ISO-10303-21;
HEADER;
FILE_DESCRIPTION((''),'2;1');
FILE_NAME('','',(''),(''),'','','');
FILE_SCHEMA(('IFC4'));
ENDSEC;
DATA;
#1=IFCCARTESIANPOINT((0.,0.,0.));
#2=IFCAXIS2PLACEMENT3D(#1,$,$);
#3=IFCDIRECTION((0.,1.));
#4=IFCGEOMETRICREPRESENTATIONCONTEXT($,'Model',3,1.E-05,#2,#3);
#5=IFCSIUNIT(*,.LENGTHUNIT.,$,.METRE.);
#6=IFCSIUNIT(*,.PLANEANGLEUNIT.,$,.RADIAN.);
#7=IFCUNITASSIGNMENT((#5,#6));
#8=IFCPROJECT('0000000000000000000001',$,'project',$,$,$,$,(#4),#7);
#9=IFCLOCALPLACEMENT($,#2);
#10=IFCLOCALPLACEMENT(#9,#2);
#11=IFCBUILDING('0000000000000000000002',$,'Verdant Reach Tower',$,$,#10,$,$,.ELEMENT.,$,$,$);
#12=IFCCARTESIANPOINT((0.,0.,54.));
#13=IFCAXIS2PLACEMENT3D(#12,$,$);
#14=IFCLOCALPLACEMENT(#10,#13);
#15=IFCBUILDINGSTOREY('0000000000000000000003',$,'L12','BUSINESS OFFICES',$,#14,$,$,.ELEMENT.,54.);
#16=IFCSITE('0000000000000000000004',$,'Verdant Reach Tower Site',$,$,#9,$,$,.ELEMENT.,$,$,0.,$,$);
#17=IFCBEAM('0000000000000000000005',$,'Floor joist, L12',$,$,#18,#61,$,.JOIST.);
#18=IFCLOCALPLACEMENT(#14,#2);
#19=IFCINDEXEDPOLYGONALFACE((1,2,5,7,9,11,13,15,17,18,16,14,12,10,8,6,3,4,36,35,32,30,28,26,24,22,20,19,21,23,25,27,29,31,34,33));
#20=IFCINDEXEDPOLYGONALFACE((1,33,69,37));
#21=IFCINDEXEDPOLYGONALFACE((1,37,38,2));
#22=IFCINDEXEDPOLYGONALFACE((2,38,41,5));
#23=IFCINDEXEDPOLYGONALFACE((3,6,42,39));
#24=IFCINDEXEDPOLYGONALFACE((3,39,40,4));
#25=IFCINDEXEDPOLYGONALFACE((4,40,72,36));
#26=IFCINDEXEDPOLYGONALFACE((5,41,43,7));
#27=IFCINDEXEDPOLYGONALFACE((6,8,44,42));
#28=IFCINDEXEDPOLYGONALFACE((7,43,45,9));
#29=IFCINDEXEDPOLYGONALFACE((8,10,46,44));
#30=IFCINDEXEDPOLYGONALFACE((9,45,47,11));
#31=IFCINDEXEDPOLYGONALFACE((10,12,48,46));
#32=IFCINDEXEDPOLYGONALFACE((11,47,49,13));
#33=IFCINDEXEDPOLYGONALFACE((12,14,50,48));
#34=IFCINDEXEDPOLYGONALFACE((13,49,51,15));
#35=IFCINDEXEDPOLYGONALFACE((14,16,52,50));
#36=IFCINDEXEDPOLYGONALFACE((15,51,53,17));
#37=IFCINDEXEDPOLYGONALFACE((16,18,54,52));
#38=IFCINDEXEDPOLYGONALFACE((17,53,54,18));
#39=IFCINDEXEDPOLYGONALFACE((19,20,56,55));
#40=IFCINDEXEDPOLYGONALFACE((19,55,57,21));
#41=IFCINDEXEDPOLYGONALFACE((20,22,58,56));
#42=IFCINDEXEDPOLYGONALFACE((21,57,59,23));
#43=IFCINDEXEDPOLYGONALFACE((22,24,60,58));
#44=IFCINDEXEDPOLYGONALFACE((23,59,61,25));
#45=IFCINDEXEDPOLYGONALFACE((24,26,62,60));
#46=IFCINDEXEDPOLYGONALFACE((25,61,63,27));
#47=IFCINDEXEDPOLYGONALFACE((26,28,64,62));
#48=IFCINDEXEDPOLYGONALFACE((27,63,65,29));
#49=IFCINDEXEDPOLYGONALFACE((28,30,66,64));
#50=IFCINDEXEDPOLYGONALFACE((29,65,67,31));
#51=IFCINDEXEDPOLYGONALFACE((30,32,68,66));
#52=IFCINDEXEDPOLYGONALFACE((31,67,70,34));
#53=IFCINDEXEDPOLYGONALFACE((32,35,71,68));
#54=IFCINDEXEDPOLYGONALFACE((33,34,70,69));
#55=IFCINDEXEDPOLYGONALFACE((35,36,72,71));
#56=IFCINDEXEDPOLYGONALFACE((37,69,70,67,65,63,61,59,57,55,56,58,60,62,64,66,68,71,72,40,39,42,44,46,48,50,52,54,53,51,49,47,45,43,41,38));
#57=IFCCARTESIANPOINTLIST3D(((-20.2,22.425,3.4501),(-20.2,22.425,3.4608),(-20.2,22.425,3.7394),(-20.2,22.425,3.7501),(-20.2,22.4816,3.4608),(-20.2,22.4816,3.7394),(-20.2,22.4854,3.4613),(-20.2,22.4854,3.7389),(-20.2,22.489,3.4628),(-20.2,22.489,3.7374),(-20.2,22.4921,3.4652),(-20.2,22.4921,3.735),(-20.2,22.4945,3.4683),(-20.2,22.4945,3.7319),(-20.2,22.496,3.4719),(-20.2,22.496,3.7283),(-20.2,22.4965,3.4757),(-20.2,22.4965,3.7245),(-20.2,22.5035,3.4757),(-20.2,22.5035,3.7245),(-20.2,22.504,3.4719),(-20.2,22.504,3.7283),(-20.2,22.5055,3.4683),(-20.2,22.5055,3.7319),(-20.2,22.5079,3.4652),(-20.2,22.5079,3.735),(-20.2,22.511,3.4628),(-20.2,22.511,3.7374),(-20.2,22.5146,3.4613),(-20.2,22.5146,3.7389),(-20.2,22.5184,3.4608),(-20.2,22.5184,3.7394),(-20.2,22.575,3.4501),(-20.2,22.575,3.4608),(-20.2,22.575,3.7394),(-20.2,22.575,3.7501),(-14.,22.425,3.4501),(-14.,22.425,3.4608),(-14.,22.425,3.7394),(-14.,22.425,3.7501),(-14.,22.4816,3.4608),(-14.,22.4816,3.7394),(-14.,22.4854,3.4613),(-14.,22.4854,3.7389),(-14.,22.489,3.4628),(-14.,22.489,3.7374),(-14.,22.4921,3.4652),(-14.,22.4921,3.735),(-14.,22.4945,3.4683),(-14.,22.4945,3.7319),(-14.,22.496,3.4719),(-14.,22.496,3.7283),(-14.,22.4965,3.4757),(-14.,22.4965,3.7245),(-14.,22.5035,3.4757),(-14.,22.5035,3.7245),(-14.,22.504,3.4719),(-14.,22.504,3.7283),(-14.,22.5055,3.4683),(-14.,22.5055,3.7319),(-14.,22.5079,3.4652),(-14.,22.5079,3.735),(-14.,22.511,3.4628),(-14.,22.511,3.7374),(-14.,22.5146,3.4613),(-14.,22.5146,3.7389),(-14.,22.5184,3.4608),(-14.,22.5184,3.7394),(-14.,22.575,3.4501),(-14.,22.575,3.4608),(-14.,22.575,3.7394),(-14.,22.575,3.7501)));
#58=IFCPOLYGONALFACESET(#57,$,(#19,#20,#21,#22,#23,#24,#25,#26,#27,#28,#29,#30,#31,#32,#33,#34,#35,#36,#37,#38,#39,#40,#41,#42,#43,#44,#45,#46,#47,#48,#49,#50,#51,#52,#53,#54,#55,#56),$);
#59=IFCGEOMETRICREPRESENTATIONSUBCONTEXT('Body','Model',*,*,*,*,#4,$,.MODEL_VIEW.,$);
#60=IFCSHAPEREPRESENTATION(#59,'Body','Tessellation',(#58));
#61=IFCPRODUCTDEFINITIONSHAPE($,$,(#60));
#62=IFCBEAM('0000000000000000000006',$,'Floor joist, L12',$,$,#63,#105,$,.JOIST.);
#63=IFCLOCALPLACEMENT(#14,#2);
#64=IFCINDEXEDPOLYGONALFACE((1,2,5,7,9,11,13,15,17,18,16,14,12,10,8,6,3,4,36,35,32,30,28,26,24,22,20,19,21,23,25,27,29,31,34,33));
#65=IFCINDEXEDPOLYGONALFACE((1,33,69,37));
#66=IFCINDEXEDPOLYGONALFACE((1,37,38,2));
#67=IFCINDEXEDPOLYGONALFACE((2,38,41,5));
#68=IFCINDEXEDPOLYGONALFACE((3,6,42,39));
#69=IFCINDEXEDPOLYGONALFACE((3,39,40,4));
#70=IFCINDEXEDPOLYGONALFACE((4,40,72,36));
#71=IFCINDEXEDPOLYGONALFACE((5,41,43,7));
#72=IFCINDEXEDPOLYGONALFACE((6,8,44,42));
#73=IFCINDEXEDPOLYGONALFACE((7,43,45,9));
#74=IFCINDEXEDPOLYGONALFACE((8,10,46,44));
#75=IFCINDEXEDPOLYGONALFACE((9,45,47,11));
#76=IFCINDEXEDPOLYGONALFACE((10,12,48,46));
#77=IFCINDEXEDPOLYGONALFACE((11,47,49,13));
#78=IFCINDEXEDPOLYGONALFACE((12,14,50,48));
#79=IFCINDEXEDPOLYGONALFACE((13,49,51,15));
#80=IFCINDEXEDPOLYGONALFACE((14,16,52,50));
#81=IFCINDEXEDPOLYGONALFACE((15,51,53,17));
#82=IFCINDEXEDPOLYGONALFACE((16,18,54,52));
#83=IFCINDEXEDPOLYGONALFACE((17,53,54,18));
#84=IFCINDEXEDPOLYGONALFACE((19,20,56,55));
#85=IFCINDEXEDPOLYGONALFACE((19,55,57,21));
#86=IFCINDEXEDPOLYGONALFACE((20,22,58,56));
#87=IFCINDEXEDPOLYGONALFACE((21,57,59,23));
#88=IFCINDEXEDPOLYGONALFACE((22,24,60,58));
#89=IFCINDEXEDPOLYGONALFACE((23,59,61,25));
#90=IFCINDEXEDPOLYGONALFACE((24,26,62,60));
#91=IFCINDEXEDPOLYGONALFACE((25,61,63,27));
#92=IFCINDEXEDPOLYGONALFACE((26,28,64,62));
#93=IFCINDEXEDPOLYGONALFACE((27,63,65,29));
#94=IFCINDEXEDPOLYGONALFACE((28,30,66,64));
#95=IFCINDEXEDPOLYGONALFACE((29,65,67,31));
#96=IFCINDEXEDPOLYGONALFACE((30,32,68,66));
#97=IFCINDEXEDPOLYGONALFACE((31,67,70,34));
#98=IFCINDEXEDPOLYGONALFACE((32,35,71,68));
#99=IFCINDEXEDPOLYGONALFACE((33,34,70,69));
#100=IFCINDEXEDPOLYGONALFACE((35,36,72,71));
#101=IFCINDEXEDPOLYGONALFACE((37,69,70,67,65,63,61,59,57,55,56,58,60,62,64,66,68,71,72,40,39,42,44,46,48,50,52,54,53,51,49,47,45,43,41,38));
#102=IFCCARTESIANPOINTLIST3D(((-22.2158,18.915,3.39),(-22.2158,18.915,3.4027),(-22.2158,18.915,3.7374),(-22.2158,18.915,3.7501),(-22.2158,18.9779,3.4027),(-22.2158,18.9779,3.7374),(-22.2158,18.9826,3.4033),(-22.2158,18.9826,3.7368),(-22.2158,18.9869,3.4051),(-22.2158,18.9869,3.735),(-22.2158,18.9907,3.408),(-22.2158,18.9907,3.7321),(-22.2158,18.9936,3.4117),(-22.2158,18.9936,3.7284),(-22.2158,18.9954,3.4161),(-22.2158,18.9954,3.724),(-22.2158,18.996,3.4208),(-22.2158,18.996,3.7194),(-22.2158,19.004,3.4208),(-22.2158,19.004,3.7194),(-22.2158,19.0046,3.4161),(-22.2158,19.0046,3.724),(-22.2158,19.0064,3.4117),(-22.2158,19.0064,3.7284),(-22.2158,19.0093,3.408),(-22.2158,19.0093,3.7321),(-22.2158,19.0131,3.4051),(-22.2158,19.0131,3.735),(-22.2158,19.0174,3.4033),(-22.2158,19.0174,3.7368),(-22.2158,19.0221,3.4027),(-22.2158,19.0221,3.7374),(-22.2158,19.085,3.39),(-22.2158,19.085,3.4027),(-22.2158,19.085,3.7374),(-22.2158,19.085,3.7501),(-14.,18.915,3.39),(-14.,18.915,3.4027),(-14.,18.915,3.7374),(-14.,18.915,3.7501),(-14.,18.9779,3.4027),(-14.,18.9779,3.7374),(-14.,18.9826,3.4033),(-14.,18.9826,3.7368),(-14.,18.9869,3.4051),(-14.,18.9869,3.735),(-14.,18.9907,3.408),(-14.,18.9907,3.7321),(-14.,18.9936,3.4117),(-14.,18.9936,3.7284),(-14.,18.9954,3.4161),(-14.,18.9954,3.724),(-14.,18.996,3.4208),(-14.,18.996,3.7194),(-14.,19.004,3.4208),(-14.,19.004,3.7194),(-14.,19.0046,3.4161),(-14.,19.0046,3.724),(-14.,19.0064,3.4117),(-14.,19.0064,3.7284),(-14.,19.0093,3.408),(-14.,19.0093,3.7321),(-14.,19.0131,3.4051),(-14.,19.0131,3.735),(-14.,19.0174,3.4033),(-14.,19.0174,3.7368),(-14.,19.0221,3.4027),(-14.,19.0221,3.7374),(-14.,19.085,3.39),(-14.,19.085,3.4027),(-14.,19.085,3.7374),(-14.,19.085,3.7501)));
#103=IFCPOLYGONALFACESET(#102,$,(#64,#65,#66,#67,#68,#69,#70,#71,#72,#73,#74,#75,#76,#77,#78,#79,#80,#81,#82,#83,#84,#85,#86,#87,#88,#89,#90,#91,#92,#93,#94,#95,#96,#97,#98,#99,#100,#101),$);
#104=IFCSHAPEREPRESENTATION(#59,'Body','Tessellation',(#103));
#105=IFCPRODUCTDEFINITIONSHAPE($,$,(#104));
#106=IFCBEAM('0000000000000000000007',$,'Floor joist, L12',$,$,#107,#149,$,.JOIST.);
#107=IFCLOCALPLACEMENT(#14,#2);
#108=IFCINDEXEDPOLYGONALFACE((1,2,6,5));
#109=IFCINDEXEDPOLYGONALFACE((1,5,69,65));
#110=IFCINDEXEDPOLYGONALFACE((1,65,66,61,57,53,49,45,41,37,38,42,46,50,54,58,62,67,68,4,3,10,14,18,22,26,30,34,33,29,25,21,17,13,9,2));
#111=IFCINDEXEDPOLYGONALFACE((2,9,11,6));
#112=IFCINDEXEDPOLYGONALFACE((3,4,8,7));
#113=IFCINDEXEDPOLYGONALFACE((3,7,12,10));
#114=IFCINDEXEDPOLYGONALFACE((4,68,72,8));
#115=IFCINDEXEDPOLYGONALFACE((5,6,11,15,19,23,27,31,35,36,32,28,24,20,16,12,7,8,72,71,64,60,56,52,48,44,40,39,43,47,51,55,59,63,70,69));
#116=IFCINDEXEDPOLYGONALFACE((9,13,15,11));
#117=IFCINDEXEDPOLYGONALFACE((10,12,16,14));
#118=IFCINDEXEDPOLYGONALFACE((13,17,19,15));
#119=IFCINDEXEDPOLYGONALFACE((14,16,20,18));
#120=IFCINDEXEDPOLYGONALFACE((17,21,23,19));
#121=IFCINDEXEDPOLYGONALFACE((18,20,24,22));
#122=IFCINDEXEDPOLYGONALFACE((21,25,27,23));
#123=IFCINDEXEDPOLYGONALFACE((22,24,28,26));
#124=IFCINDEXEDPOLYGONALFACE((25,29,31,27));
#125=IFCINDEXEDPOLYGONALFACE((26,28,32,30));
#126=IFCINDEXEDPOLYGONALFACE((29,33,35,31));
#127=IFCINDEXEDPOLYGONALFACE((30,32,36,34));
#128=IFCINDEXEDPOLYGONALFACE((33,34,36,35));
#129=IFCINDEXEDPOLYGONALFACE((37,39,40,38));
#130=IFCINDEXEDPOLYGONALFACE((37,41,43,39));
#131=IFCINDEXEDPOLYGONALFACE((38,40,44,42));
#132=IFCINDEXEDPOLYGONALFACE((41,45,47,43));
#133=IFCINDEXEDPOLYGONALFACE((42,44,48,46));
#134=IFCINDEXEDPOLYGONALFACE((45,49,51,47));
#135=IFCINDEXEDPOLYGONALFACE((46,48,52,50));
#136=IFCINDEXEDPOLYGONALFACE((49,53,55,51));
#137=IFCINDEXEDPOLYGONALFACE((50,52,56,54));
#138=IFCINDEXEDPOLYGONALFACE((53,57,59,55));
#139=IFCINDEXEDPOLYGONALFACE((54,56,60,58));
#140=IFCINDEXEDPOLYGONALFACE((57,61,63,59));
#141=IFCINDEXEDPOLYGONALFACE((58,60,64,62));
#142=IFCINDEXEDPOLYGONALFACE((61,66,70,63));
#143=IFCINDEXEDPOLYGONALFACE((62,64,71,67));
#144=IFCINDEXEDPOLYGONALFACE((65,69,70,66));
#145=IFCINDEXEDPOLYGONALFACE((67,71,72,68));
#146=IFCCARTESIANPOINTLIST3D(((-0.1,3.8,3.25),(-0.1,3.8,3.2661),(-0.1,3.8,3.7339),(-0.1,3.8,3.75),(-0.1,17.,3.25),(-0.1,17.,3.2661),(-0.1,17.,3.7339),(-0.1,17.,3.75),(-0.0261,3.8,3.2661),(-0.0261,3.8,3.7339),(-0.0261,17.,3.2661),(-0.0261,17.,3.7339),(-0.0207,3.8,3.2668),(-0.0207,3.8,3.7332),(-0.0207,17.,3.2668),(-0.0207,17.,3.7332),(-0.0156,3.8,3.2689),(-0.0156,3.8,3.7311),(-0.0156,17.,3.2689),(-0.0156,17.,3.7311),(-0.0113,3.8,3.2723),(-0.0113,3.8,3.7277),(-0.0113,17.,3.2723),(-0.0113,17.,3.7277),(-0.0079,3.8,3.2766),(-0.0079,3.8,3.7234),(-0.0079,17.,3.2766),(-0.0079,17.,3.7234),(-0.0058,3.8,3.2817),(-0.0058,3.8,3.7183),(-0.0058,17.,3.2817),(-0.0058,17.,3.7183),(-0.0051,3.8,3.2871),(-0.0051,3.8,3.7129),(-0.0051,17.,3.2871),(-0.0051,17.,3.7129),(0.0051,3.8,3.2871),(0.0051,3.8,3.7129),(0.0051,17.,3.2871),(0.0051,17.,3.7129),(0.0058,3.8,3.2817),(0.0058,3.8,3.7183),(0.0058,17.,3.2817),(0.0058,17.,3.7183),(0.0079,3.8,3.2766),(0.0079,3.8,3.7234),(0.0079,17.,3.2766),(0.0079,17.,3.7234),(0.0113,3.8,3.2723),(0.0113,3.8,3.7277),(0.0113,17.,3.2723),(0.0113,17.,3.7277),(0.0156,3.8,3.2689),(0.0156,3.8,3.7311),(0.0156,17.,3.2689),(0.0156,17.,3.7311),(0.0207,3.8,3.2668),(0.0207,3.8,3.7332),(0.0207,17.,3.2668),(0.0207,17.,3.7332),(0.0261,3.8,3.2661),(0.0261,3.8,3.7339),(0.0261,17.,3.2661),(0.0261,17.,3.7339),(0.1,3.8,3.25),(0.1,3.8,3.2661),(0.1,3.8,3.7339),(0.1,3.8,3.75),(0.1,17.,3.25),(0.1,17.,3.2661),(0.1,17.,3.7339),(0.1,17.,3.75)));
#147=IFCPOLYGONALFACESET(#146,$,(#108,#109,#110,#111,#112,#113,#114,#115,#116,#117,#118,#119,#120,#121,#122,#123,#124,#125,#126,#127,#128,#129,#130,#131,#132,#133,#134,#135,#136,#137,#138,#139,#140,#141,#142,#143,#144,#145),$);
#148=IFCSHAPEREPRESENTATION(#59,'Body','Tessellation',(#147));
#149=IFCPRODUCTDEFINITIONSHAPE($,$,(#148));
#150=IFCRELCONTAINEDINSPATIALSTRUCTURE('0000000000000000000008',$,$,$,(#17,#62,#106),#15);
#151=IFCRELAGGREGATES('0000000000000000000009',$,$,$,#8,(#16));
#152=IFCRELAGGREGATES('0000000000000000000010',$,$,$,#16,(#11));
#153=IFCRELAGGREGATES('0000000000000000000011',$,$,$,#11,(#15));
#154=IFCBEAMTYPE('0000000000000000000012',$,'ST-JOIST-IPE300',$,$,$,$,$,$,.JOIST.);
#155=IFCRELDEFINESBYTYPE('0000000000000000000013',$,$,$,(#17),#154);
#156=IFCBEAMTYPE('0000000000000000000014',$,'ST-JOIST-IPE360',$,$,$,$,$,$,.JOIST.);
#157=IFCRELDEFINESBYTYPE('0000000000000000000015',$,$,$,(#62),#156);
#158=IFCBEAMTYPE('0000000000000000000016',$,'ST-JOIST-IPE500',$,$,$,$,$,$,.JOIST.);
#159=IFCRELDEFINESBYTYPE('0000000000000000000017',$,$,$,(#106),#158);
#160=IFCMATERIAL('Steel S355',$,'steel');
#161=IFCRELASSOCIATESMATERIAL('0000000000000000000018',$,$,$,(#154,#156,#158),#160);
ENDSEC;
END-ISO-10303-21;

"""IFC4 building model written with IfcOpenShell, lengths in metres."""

from ifc_helpers import new_model, si_unit, direction, frame, origin, origin_2d, place, context, subcontext, project, spatial, i_section, extrude, material, material_profile, profile_set, type_object, element, save


model = new_model("IFC4")

# Units and contexts
model_context = context("Model", 3, precision=1e-05, world=origin(), true_north=direction((0.0, 1.0)))
body_context = subcontext(model_context, "Body", "Model", "MODEL_VIEW")
ifc_project = project(units=[si_unit("LENGTHUNIT", "METRE"), si_unit("PLANEANGLEUNIT", "RADIAN")], contexts=[model_context])

# Site, building, storey
site_placement = place(None, origin())
site = spatial("IfcSite", under=ifc_project, at=site_placement, Name="Verdant Reach Tower Site", CompositionType="ELEMENT", RefElevation=0.0)
building_placement = place(site_placement, origin())
building = spatial("IfcBuilding", under=site, at=building_placement, Name="Verdant Reach Tower", CompositionType="ELEMENT")
storey_placement = place(building_placement, frame((0.0, 0.0, 54.0)))
storey = spatial("IfcBuildingStorey", under=building, at=storey_placement, Name="L12", Description="BUSINESS OFFICES", CompositionType="ELEMENT", Elevation=54.0)

# Beams
ifc_material_1 = material(Name="Steel S355", Category="steel")
ifc_material_profile_1 = material_profile(ifc_material_1, i_section(OverallWidth=0.1499, OverallDepth=0.3, WebThickness=0.0071, FlangeThickness=0.0107, FilletRadius=0.0149, at=origin_2d()), Name="IPE 300")
ifc_profile_set_1 = profile_set([ifc_material_profile_1], Name="Steel S355")
beam_type_1 = type_object("IfcBeamType", Name="ST-JOIST-IPE300", PredefinedType="JOIST", material=ifc_profile_set_1)
beam_1_placement = place(storey_placement, frame((-14.0, 22.5, 3.6001), z_axis=(-1.0, 0.0, 0.0), x_axis=(0.0, -1.0, 0.0)))
element("IfcBeam", 1, at=beam_1_placement, inside=storey, type_object=beam_type_1, Name="Floor joist, L12", PredefinedType="JOIST", context=body_context, shape_type="SweptSolid", body=[
    extrude(i_section(OverallWidth=0.1499, OverallDepth=0.3, WebThickness=0.0071, FlangeThickness=0.0107, FilletRadius=0.0149, at=origin_2d()), origin(), (0.0, 0.0, 1.0), 6.2),
])
ifc_material_profile_2 = material_profile(ifc_material_1, i_section(OverallWidth=0.1699, OverallDepth=0.3601, WebThickness=0.0081, FlangeThickness=0.0127, FilletRadius=0.0181, at=origin_2d()), Name="IPE 360")
ifc_profile_set_2 = profile_set([ifc_material_profile_2], Name="Steel S355")
beam_type_2 = type_object("IfcBeamType", Name="ST-JOIST-IPE360", PredefinedType="JOIST", material=ifc_profile_set_2)
beam_2_placement = place(storey_placement, frame((-14.0, 19.0, 3.5701), z_axis=(-1.0, 0.0, 0.0), x_axis=(0.0, -1.0, 0.0)))
element("IfcBeam", 2, at=beam_2_placement, inside=storey, type_object=beam_type_2, Name="Floor joist, L12", PredefinedType="JOIST", context=body_context, shape_type="SweptSolid", body=[
    extrude(i_section(OverallWidth=0.1699, OverallDepth=0.3601, WebThickness=0.0081, FlangeThickness=0.0127, FilletRadius=0.0181, at=origin_2d()), origin(), (0.0, 0.0, 1.0), 8.2158),
])
ifc_material_profile_3 = material_profile(ifc_material_1, i_section(OverallWidth=0.2, OverallDepth=0.5, WebThickness=0.0103, FlangeThickness=0.0161, FilletRadius=0.021, at=origin_2d()), Name="IPE 500")
ifc_profile_set_3 = profile_set([ifc_material_profile_3], Name="Steel S355")
beam_type_3 = type_object("IfcBeamType", Name="ST-JOIST-IPE500", PredefinedType="JOIST", material=ifc_profile_set_3)
beam_3_placement = place(storey_placement, frame((0.0, 17.0, 3.5), z_axis=(0.0, -1.0, 0.0), x_axis=(1.0, 0.0, 0.0)))
element("IfcBeam", 3, at=beam_3_placement, inside=storey, type_object=beam_type_3, Name="Floor joist, L12", PredefinedType="JOIST", context=body_context, shape_type="SweptSolid", body=[
    extrude(i_section(OverallWidth=0.2, OverallDepth=0.5, WebThickness=0.0103, FlangeThickness=0.0161, FilletRadius=0.021, at=origin_2d()), origin(), (0.0, 0.0, 1.0), 13.2),
])

save(model, "model.ifc")
